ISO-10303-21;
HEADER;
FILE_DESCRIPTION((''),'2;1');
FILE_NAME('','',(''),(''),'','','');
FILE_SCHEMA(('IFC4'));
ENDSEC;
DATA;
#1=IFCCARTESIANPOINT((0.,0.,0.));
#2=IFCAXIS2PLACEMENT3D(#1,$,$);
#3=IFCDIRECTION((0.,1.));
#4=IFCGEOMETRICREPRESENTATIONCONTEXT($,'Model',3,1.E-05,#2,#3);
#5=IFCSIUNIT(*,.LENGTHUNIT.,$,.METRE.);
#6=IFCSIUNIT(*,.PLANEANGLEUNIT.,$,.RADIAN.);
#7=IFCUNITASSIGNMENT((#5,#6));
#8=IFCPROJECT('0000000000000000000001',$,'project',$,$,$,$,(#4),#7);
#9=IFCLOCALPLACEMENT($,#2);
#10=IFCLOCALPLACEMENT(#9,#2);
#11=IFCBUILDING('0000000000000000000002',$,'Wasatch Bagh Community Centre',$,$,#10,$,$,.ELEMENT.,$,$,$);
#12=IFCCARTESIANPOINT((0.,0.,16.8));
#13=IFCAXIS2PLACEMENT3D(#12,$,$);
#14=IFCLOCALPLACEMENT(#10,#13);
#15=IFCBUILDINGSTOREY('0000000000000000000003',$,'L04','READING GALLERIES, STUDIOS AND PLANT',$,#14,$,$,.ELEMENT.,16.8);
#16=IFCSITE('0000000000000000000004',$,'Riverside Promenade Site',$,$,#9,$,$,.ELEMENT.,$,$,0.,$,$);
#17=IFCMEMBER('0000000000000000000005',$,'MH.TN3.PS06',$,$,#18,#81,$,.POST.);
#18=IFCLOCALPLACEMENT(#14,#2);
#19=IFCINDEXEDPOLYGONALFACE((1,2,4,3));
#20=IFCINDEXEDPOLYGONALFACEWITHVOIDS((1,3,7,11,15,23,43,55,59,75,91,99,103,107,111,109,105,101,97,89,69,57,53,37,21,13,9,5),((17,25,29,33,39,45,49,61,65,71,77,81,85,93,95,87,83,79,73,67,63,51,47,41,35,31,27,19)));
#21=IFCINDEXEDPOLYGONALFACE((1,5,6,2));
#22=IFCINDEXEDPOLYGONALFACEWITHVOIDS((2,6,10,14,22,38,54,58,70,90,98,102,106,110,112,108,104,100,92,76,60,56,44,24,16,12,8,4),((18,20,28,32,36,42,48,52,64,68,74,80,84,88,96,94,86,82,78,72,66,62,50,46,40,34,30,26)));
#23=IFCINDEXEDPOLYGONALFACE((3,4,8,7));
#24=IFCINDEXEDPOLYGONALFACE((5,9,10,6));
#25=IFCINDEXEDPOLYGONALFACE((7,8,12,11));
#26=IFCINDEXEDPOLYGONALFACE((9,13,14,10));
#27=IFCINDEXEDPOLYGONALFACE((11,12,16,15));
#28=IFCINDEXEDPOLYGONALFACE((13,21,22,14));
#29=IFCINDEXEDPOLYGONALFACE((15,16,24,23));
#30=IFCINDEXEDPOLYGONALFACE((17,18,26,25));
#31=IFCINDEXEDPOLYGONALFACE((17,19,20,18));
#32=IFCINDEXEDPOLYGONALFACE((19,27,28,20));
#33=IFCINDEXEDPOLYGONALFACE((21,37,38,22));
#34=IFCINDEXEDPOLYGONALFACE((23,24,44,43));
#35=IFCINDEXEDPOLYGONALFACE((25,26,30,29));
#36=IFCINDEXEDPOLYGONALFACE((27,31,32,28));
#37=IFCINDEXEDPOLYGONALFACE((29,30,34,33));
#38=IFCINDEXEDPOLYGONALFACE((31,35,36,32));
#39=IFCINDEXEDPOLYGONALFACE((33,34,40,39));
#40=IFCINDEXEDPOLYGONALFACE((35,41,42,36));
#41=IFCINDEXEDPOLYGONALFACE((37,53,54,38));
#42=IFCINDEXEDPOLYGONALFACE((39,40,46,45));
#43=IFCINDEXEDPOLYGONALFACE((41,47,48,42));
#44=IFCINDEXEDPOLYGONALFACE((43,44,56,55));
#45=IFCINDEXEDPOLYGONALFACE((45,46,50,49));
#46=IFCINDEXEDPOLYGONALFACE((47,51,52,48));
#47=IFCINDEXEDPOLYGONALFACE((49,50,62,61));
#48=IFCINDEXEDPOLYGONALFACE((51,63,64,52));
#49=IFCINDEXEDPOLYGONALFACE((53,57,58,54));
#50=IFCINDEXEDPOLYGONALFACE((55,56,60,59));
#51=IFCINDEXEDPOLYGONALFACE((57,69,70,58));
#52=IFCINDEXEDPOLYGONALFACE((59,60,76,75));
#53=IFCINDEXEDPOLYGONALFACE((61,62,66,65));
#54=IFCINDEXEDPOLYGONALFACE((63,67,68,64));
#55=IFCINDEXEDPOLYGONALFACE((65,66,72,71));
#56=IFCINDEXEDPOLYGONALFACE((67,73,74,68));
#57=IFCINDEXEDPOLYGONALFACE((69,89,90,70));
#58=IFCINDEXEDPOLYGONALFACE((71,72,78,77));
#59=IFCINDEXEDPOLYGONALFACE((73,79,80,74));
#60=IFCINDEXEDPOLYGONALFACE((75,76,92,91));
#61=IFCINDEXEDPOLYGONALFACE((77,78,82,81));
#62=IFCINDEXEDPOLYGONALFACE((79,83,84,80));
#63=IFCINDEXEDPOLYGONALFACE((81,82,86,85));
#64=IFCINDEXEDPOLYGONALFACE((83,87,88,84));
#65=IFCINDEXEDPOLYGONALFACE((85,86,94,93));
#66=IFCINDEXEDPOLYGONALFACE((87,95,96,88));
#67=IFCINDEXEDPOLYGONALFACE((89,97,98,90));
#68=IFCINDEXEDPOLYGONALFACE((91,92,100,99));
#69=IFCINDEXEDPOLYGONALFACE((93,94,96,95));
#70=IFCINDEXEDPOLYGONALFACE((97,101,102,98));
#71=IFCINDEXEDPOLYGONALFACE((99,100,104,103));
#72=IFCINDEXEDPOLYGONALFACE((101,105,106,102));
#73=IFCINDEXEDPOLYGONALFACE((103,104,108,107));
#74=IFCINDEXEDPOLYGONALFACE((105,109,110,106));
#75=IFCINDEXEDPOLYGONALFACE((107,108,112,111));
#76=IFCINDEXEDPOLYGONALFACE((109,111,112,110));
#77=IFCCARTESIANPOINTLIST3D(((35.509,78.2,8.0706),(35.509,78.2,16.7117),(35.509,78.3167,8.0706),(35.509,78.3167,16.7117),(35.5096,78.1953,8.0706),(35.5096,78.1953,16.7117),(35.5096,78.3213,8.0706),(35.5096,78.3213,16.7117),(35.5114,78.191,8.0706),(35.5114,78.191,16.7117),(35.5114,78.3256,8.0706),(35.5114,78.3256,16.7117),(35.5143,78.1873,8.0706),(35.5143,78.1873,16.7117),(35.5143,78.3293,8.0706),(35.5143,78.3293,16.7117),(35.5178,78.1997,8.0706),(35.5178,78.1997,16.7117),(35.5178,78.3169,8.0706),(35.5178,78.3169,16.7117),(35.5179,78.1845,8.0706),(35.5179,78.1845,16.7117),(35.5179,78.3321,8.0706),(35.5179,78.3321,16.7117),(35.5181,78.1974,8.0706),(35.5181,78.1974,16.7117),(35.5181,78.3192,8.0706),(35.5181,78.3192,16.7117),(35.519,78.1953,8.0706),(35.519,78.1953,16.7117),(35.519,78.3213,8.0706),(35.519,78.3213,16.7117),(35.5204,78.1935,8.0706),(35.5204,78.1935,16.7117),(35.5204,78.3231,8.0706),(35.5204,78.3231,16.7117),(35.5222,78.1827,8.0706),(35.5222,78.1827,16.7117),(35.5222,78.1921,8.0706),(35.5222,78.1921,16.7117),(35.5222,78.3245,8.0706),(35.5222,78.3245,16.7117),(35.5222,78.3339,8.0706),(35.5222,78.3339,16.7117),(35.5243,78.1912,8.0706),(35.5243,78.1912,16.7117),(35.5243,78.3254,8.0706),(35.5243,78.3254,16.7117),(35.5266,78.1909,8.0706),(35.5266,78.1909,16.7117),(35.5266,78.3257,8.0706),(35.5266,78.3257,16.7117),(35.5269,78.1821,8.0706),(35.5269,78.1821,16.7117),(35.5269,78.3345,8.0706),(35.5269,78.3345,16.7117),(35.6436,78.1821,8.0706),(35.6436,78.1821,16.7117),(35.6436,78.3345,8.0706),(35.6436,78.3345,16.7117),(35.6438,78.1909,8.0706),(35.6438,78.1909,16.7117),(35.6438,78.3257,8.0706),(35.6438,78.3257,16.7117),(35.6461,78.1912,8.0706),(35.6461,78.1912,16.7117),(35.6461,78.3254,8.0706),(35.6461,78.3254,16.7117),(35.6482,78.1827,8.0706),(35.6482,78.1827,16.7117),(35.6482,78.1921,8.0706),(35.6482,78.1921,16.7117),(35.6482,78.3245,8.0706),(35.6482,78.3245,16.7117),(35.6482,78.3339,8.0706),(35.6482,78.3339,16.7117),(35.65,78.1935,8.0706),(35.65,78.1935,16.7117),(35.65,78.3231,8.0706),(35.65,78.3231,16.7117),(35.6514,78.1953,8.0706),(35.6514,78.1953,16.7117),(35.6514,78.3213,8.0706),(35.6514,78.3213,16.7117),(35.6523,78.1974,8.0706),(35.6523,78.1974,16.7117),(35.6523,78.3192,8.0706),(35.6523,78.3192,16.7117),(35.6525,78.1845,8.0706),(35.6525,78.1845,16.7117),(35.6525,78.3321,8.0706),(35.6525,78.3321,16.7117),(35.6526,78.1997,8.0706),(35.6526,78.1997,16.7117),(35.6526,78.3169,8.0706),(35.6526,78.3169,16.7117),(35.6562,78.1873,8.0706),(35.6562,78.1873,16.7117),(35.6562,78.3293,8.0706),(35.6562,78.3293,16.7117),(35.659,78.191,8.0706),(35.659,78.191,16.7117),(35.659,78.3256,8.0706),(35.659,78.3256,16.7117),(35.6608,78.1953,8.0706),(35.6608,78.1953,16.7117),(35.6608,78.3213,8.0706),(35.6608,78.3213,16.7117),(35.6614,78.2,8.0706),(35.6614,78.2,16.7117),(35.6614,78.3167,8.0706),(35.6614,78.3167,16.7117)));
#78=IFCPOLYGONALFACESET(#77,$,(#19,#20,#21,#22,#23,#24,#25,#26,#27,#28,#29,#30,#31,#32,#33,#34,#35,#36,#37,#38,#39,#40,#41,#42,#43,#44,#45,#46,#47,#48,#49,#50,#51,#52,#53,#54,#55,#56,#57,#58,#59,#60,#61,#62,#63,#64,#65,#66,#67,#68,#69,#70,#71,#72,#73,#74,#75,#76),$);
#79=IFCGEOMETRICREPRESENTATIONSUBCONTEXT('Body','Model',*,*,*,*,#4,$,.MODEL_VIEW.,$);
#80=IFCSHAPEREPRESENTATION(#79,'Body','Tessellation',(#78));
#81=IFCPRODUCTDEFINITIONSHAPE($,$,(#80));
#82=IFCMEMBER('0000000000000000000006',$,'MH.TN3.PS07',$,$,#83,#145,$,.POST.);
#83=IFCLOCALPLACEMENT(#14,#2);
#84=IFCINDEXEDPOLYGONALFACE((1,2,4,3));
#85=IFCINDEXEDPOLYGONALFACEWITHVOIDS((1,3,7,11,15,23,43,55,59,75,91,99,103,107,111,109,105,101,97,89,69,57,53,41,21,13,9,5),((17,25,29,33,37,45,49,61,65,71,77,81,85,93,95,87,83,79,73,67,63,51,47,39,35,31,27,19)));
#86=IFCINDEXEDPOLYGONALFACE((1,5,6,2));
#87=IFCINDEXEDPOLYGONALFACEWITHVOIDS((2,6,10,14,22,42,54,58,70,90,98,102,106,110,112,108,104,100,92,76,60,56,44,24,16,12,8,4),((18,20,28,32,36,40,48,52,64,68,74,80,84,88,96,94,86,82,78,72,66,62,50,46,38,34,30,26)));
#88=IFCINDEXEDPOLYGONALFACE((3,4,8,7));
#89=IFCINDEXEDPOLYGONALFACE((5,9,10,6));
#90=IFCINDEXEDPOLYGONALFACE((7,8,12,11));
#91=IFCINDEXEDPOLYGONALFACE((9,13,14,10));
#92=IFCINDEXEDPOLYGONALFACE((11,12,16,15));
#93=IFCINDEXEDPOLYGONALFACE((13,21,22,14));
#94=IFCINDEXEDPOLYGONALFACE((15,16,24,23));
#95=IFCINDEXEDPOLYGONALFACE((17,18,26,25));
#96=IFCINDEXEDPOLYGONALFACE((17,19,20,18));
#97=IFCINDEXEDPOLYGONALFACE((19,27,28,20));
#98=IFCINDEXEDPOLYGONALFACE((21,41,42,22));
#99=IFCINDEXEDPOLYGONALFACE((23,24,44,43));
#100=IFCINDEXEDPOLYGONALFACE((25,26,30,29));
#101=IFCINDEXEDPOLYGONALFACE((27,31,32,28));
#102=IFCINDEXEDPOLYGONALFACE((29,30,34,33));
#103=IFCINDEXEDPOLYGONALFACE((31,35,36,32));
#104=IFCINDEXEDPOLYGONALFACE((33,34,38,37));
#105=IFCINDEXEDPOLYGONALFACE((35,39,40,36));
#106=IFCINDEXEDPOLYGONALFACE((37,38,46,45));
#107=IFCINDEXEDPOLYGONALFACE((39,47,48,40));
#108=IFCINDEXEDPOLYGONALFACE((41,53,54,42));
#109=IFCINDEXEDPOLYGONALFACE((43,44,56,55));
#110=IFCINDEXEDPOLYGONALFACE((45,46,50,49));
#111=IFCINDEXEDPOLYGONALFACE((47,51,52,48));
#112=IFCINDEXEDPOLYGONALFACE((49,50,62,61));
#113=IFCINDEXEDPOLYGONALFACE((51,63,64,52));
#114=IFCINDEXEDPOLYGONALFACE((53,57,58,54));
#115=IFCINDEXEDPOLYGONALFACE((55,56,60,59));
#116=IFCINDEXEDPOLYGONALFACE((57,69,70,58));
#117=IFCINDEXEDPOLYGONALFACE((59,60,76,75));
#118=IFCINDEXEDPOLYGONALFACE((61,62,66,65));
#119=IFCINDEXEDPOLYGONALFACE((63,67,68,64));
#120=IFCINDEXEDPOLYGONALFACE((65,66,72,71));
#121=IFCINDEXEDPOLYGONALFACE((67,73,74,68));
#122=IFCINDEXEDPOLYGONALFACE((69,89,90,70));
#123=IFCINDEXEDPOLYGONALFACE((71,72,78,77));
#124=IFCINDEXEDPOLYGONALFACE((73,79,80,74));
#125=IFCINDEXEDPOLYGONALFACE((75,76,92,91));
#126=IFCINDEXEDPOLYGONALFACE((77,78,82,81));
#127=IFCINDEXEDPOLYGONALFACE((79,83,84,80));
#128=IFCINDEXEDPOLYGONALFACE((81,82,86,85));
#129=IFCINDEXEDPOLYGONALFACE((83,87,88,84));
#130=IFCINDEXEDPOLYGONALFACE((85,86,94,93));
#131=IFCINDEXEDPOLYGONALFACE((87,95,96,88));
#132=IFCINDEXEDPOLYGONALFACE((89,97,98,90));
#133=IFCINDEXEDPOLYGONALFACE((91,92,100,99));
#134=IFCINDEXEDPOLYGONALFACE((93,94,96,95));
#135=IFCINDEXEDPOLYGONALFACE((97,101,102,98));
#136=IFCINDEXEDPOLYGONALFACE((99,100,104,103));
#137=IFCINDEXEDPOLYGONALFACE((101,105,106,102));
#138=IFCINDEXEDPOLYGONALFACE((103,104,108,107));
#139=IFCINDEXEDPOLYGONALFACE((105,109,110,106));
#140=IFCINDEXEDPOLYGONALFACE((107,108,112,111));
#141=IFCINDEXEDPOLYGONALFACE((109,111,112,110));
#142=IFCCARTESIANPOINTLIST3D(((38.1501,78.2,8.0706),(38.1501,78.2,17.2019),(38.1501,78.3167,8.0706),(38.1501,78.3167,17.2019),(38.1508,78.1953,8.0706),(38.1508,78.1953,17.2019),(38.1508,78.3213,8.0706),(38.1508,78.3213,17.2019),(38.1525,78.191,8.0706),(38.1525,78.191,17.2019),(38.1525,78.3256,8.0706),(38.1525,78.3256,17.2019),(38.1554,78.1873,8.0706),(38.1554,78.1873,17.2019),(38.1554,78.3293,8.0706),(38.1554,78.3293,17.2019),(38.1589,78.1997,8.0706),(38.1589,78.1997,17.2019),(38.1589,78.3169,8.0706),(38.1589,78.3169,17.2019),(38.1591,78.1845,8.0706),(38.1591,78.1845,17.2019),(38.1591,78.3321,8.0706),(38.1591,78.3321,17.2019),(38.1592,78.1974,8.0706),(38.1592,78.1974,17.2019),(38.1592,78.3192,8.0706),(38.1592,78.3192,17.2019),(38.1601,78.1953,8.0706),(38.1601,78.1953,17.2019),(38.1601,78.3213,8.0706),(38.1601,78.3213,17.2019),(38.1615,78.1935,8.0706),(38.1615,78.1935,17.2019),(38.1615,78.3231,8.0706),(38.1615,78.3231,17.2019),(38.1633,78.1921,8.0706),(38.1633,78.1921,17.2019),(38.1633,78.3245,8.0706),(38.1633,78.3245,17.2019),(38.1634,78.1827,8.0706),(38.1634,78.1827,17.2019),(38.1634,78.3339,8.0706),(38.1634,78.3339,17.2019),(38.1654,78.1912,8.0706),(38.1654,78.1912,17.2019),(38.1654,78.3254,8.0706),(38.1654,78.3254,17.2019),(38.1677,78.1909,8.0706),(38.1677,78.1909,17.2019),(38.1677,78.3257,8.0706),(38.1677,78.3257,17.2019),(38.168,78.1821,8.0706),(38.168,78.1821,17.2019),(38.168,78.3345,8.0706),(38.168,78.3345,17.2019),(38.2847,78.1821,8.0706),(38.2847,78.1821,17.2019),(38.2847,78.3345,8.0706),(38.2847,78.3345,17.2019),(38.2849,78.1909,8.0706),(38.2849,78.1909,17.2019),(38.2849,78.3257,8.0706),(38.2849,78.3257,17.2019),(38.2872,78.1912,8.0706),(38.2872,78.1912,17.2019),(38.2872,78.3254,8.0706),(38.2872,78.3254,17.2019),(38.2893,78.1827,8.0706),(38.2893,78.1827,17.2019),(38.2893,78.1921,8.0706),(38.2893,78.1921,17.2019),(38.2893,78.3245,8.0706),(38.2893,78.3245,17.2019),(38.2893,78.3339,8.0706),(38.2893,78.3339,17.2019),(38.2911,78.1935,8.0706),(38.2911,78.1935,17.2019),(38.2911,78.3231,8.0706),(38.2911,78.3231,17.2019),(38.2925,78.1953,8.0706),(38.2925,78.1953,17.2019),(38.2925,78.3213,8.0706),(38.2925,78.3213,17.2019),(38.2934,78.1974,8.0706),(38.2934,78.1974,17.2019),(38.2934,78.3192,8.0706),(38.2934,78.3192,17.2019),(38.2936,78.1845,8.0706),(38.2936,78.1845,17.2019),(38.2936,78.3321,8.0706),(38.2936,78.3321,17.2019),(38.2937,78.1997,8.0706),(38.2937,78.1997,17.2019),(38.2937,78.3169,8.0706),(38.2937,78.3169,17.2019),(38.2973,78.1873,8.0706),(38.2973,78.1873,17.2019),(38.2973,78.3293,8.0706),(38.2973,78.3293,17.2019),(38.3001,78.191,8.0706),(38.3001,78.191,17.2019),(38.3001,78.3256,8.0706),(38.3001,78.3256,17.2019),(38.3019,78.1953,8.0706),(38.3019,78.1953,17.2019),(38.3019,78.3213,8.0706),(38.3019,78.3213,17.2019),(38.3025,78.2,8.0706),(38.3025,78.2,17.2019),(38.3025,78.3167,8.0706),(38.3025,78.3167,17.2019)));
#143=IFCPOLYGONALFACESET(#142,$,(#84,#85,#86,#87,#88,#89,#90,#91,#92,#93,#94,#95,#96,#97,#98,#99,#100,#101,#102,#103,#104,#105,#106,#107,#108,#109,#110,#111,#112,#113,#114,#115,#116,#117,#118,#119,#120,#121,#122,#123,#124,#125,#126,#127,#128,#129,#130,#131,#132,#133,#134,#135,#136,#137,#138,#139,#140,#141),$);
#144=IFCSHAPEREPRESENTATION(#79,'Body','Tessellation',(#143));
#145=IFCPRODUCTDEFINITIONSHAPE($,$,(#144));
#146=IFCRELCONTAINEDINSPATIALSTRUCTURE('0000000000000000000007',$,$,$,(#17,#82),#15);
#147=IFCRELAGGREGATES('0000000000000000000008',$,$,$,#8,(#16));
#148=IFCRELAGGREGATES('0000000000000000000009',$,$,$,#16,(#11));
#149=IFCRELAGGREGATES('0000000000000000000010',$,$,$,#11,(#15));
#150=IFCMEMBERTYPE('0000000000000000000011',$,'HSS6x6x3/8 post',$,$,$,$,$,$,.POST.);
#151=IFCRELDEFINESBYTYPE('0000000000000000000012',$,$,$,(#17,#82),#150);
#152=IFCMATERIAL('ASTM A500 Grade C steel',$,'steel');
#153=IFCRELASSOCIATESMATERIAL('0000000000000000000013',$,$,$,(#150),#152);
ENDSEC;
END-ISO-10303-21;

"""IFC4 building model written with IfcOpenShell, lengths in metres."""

from ifc_helpers import new_model, si_unit, direction, frame, origin, origin_2d, place, context, subcontext, project, spatial, hollow_rectangle, extrude, material, material_profile, profile_set, type_object, element, save


model = new_model("IFC4")

# Units and contexts
model_context = context("Model", 3, precision=1e-05, world=origin(), true_north=direction((0.0, 1.0)))
body_context = subcontext(model_context, "Body", "Model", "MODEL_VIEW")
ifc_project = project(units=[si_unit("LENGTHUNIT", "METRE"), si_unit("PLANEANGLEUNIT", "RADIAN")], contexts=[model_context])

# Site, building, storey
site_placement = place(None, origin())
site = spatial("IfcSite", under=ifc_project, at=site_placement, Name="Riverside Promenade Site", CompositionType="ELEMENT", RefElevation=0.0)
building_placement = place(site_placement, origin())
building = spatial("IfcBuilding", under=site, at=building_placement, Name="Wasatch Bagh Community Centre", CompositionType="ELEMENT")
storey_placement = place(building_placement, frame((0.0, 0.0, 16.8)))
storey = spatial("IfcBuildingStorey", under=building, at=storey_placement, Name="L04", Description="READING GALLERIES, STUDIOS AND PLANT", CompositionType="ELEMENT", Elevation=16.8)

# Members
ifc_material_1 = material(Name="ASTM A500 Grade C steel", Category="steel")
ifc_material_profile_1 = material_profile(ifc_material_1, hollow_rectangle(XDim=0.1523, YDim=0.1523, WallThickness=0.0088, InnerFilletRadius=0.0088, OuterFilletRadius=0.0178, at=origin_2d()), Name="HSS6x6x3/8")
ifc_profile_set_1 = profile_set([ifc_material_profile_1], Name="ASTM A500 Grade C steel")
member_type_1 = type_object("IfcMemberType", Name="HSS6x6x3/8 post", PredefinedType="POST", material=ifc_profile_set_1)
member_1_placement = place(storey_placement, frame((35.5852, 78.2583, 8.0706), z_axis=(0.0, 0.0, 1.0), x_axis=(1.0, 0.0, 0.0)))
element("IfcMember", 1, at=member_1_placement, inside=storey, type_object=member_type_1, Name="MH.TN3.PS06", PredefinedType="POST", context=body_context, shape_type="SweptSolid", body=[
    extrude(hollow_rectangle(XDim=0.1523, YDim=0.1523, WallThickness=0.0088, InnerFilletRadius=0.0088, OuterFilletRadius=0.0178, at=origin_2d()), origin(), (0.0, 0.0, 1.0), 8.6411),
])
member_2_placement = place(storey_placement, frame((38.2263, 78.2583, 8.0706), z_axis=(0.0, 0.0, 1.0), x_axis=(1.0, 0.0, 0.0)))
element("IfcMember", 2, at=member_2_placement, inside=storey, type_object=member_type_1, Name="MH.TN3.PS07", PredefinedType="POST", context=body_context, shape_type="SweptSolid", body=[
    extrude(hollow_rectangle(XDim=0.1523, YDim=0.1523, WallThickness=0.0088, InnerFilletRadius=0.0088, OuterFilletRadius=0.0178, at=origin_2d()), origin(), (0.0, 0.0, 1.0), 9.1313),
])

save(model, "model.ifc")
